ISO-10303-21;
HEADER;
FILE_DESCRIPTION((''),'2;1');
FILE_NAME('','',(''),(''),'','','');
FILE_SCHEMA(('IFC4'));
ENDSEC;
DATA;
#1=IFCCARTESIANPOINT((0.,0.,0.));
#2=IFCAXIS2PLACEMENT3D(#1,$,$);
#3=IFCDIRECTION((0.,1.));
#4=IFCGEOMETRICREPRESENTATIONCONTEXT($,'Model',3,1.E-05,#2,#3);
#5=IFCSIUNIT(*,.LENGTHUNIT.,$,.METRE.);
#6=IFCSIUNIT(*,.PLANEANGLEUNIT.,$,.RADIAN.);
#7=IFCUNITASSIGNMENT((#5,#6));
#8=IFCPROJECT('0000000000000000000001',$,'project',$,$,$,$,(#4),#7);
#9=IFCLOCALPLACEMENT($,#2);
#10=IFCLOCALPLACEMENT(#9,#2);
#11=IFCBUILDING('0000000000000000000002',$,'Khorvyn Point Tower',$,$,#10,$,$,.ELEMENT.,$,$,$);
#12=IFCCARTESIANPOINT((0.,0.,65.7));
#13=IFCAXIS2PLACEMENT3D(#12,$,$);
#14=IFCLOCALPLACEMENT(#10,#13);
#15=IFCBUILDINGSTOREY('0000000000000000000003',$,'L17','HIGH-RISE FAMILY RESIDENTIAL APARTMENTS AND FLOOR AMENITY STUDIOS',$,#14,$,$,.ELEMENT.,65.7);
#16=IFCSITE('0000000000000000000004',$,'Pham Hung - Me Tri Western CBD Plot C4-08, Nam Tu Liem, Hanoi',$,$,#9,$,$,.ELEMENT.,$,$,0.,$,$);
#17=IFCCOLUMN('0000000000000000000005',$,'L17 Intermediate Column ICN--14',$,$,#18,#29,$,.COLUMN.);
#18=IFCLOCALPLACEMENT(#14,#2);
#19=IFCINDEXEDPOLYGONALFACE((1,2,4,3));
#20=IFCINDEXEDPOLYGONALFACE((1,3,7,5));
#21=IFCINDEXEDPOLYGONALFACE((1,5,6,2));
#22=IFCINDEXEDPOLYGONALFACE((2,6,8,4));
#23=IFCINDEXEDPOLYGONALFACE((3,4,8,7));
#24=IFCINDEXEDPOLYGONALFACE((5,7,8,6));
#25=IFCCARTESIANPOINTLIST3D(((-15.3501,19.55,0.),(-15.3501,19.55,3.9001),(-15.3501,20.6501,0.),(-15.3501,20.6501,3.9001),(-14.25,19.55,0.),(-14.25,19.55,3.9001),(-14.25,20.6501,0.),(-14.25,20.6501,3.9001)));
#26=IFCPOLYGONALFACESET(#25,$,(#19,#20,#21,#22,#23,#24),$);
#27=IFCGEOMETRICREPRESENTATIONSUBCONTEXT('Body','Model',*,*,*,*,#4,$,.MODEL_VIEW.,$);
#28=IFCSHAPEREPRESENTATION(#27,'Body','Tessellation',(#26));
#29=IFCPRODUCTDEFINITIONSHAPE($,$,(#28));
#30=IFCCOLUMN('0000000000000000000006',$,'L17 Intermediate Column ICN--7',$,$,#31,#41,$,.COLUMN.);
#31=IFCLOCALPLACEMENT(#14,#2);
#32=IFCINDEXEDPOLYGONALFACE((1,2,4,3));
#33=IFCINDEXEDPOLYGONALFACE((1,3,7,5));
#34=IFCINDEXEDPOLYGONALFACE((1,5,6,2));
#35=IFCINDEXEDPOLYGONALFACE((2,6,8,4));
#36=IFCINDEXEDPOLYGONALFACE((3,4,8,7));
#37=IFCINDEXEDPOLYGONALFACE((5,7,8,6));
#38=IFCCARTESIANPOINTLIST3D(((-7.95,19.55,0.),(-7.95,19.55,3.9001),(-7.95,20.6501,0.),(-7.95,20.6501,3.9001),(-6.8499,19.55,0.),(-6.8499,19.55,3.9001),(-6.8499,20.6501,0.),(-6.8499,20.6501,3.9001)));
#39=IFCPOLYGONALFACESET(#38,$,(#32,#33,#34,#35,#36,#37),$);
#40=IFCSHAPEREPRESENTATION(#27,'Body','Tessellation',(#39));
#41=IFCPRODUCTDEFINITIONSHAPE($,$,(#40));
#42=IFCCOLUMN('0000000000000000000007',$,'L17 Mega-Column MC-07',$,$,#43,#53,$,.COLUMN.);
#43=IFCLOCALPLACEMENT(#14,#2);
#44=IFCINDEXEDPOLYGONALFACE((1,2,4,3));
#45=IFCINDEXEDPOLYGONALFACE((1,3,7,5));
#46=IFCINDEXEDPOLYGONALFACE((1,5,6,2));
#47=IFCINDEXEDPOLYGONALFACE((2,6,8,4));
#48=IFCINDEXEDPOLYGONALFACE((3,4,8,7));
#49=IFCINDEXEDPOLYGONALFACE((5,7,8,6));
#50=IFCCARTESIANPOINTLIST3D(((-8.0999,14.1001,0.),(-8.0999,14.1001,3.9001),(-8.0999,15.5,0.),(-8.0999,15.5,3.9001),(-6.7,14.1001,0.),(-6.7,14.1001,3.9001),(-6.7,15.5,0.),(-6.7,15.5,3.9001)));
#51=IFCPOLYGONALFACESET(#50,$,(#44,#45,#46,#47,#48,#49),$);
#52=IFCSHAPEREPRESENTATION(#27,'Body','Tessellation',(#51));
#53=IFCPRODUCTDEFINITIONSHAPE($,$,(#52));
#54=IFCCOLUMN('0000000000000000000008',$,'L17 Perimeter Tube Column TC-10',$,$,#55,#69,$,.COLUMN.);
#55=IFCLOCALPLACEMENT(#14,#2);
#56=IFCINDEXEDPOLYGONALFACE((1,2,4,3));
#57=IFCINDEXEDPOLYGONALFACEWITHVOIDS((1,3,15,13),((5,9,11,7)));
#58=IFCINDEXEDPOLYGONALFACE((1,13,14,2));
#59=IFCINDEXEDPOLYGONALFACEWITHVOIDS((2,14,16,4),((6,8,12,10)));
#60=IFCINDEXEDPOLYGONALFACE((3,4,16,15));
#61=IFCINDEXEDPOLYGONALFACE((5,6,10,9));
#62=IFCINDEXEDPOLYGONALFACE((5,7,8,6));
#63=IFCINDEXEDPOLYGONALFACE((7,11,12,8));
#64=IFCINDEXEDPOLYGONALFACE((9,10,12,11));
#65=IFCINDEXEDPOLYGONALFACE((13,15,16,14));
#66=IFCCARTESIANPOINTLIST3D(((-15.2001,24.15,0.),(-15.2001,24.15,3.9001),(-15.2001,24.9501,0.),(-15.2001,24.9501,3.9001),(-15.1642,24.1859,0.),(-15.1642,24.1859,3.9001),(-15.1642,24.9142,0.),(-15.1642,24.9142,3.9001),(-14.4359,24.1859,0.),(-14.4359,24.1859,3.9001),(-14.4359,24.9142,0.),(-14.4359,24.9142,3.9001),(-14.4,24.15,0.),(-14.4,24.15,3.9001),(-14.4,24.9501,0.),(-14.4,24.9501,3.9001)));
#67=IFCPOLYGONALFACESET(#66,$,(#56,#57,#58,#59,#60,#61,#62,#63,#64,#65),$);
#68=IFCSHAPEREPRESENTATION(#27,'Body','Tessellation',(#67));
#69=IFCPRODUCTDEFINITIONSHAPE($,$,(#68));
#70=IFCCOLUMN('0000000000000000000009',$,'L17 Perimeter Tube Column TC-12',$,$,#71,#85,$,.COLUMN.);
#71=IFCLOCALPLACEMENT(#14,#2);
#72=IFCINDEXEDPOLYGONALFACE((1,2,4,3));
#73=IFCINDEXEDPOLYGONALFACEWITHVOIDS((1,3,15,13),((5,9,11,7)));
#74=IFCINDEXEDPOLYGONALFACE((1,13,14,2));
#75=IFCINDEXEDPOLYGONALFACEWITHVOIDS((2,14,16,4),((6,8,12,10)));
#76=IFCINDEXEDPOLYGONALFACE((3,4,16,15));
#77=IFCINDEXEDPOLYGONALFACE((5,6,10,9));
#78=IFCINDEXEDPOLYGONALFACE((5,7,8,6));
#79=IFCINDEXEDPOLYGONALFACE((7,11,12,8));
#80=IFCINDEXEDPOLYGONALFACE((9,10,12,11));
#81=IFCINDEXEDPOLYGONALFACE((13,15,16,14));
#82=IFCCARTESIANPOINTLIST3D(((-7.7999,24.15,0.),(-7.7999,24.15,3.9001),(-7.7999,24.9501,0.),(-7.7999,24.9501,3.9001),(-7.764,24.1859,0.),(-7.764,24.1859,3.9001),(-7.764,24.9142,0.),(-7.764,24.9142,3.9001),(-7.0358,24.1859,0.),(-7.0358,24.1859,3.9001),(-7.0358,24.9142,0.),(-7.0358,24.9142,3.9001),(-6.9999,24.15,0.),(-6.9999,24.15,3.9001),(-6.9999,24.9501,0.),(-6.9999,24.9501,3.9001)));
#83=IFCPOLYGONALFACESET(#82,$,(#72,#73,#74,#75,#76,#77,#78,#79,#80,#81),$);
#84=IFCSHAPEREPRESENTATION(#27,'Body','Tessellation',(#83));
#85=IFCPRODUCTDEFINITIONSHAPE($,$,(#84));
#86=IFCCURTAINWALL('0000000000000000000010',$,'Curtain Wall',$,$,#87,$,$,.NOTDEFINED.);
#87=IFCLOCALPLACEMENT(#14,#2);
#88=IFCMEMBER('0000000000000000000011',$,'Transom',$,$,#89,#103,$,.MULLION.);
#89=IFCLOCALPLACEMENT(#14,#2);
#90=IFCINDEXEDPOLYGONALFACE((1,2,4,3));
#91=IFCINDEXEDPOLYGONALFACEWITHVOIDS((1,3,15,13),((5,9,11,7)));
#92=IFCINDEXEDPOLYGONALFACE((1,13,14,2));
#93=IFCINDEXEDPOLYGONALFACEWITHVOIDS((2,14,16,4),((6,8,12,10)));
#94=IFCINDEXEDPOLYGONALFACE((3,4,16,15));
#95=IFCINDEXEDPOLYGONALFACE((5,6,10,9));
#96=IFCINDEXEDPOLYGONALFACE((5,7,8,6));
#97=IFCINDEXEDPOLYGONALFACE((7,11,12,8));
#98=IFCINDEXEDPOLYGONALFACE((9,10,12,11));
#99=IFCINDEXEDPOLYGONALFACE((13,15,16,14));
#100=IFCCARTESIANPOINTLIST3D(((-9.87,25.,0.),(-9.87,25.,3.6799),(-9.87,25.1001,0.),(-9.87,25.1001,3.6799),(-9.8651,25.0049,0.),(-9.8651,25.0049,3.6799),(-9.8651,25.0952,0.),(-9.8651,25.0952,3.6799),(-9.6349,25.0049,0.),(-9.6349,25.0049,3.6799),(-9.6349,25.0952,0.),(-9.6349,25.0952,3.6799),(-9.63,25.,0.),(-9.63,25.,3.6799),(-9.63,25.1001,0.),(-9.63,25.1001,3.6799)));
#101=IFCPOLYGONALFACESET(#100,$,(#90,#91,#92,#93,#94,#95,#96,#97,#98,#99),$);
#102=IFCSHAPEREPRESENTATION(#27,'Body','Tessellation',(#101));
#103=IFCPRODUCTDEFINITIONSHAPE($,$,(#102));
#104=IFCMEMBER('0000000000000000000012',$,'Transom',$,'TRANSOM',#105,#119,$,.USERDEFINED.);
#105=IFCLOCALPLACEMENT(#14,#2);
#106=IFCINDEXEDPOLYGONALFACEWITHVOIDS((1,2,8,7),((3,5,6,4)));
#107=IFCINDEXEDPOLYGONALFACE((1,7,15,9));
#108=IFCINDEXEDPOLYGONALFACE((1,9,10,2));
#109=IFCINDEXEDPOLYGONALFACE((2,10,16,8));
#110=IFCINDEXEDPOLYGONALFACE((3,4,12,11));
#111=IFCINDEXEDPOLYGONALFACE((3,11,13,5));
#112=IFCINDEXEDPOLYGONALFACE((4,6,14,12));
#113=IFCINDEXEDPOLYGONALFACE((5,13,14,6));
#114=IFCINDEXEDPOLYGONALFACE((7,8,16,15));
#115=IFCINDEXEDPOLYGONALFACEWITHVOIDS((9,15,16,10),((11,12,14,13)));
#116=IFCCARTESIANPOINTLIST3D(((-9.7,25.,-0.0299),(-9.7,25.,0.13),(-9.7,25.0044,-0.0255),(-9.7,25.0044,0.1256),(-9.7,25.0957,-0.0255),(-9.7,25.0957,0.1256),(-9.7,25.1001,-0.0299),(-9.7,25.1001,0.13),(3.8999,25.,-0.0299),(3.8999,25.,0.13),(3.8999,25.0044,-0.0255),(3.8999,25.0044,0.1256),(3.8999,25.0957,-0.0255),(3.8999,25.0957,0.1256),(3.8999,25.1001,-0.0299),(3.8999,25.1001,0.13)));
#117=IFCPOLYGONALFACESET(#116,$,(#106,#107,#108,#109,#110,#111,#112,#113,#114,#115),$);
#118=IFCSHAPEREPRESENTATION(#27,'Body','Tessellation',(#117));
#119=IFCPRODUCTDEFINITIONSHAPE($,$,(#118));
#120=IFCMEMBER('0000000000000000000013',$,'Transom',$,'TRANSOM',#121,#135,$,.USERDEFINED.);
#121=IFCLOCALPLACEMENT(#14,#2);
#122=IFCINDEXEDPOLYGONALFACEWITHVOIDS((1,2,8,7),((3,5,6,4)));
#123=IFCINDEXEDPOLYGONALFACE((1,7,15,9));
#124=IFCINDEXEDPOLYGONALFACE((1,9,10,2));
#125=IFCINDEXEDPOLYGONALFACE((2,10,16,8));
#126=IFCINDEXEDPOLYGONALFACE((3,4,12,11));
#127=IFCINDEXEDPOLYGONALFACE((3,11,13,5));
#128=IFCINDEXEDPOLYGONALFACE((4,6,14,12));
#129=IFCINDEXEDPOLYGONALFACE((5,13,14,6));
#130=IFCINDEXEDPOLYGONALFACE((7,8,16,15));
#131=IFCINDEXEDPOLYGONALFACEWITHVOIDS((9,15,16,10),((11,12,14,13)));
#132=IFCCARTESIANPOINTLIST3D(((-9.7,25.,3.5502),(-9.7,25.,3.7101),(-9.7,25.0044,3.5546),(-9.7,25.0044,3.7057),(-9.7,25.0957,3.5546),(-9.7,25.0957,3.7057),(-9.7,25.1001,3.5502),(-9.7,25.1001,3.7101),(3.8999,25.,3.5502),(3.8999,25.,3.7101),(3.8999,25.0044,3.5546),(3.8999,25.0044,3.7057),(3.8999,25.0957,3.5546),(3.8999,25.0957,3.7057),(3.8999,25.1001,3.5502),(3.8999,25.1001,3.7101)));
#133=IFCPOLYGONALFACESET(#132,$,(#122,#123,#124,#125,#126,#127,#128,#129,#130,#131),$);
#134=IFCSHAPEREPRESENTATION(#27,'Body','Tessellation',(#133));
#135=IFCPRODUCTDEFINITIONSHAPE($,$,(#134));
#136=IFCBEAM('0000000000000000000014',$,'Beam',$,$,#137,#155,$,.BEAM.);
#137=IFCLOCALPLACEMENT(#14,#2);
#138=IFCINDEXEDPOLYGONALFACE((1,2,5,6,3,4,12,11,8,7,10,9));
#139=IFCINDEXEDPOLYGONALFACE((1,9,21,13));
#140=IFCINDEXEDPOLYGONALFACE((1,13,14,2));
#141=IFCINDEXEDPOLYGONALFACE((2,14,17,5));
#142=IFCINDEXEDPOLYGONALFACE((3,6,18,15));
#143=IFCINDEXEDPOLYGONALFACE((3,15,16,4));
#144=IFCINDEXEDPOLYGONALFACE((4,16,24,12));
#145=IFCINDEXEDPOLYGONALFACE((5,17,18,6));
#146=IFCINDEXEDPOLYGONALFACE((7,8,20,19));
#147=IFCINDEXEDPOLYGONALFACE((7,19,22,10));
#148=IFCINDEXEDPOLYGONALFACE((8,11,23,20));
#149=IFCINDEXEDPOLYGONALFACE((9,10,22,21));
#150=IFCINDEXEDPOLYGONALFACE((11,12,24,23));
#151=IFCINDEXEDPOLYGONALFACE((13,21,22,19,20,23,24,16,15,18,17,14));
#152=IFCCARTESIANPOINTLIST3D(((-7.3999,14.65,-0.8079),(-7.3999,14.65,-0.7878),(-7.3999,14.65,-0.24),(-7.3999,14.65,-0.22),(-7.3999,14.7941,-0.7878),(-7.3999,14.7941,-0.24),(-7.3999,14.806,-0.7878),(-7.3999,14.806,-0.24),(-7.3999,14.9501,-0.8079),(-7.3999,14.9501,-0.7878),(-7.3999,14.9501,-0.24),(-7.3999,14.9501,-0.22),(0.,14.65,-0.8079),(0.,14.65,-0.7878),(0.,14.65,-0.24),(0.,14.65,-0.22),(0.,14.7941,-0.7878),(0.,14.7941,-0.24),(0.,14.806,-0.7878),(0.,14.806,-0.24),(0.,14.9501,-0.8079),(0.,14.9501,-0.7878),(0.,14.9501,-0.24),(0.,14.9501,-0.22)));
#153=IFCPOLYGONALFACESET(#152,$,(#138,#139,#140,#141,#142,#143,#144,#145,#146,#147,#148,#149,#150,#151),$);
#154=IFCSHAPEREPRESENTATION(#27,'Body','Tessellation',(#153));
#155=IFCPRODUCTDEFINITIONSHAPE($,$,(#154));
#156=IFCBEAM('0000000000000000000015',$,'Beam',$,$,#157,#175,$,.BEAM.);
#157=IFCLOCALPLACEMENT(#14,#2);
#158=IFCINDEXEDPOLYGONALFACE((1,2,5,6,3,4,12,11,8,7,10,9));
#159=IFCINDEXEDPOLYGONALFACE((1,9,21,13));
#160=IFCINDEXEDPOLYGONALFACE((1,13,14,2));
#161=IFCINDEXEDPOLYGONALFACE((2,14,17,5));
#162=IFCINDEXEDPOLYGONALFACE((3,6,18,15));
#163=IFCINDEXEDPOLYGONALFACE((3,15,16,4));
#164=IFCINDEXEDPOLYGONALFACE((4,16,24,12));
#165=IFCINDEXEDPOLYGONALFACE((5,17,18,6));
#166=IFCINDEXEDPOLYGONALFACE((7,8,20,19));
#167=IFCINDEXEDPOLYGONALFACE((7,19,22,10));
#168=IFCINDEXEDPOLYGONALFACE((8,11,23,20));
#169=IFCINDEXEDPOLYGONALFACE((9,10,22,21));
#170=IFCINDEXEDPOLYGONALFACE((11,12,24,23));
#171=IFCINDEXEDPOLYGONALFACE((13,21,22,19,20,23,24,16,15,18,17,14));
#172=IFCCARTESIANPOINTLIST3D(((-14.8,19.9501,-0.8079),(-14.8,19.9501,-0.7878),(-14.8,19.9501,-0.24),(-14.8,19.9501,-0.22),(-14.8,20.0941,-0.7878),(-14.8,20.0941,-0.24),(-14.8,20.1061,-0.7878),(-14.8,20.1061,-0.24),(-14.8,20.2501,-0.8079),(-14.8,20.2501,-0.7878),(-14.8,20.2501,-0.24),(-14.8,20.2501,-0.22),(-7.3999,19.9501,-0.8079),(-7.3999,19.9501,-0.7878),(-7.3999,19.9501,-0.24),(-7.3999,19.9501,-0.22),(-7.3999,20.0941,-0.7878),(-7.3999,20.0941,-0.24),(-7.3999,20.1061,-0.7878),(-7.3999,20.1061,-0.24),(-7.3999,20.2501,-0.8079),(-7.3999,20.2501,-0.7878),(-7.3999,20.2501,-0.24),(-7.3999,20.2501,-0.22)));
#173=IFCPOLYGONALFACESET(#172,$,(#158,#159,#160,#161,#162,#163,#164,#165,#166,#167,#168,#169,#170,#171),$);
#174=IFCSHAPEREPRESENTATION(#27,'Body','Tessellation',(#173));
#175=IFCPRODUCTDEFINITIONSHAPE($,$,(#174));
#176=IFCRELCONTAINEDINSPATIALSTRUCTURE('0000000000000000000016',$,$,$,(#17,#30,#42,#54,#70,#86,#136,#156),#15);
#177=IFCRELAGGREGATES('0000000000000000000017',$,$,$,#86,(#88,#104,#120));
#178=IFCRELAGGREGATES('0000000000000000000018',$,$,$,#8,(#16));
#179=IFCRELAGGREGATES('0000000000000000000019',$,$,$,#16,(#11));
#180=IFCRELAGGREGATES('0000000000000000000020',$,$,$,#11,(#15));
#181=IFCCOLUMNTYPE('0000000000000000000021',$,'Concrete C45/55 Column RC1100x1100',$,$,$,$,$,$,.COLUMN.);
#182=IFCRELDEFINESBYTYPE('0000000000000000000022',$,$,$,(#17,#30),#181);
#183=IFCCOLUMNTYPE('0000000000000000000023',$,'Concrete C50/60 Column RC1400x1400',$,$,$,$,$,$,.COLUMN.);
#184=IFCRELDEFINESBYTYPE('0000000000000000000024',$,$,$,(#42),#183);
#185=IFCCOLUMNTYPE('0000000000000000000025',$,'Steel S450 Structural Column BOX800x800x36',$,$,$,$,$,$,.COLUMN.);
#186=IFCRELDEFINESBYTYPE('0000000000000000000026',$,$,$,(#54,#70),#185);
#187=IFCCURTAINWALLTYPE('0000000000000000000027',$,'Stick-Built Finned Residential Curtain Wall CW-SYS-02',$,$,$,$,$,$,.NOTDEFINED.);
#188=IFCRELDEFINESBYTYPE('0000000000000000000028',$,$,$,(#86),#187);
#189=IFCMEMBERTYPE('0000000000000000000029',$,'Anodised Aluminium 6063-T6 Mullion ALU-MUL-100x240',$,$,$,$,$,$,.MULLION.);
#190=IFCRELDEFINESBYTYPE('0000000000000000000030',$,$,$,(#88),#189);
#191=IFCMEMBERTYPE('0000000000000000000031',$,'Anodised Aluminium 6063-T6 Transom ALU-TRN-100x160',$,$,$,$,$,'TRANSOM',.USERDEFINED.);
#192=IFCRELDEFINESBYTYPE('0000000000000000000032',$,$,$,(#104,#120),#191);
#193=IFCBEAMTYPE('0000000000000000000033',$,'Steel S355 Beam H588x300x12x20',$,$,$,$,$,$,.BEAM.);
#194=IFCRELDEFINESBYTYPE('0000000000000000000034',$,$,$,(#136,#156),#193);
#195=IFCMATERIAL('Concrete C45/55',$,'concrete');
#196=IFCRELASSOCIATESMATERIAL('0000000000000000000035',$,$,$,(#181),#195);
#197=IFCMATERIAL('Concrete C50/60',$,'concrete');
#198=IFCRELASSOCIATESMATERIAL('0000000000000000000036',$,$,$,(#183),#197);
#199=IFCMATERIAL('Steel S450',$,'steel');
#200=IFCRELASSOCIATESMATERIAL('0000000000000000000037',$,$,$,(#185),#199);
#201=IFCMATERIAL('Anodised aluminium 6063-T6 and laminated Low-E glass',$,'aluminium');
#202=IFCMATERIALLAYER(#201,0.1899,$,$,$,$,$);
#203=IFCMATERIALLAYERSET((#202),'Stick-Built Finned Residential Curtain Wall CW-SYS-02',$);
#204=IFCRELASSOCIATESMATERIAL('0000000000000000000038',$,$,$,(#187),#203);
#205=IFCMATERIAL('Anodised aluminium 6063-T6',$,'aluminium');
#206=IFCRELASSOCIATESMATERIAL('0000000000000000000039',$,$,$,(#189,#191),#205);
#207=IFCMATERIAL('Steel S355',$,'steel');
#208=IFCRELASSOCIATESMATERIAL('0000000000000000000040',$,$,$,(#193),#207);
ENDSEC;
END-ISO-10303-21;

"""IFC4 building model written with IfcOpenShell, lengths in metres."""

from ifc_helpers import new_model, si_unit, direction, frame, origin, origin_2d, place, context, subcontext, project, spatial, rectangle, hollow_rectangle, i_section, extrude, material, layer, layer_set, material_profile, profile_set, type_object, element, aggregate, save


model = new_model("IFC4")

# Units and contexts
model_context = context("Model", 3, precision=1e-05, world=origin(), true_north=direction((0.0, 1.0)))
body_context = subcontext(model_context, "Body", "Model", "MODEL_VIEW")
ifc_project = project(units=[si_unit("LENGTHUNIT", "METRE"), si_unit("PLANEANGLEUNIT", "RADIAN")], contexts=[model_context])

# Site, building, storey
site_placement = place(None, origin())
site = spatial("IfcSite", under=ifc_project, at=site_placement, Name="Pham Hung - Me Tri Western CBD Plot C4-08, Nam Tu Liem, Hanoi", CompositionType="ELEMENT", RefElevation=0.0)
building_placement = place(site_placement, origin())
building = spatial("IfcBuilding", under=site, at=building_placement, Name="Khorvyn Point Tower", CompositionType="ELEMENT")
storey_placement = place(building_placement, frame((0.0, 0.0, 65.7)))
storey = spatial("IfcBuildingStorey", under=building, at=storey_placement, Name="L17", Description="HIGH-RISE FAMILY RESIDENTIAL APARTMENTS AND FLOOR AMENITY STUDIOS", CompositionType="ELEMENT", Elevation=65.7)

# Columns
ifc_material_1 = material(Name="Concrete C45/55", Category="concrete")
ifc_material_profile_1 = material_profile(ifc_material_1, rectangle(XDim=1.1001, YDim=1.1001, at=origin_2d()))
ifc_profile_set_1 = profile_set([ifc_material_profile_1], Name="Concrete C45/55 RC1100x1100")
column_type_1 = type_object("IfcColumnType", Name="Concrete C45/55 Column RC1100x1100", PredefinedType="COLUMN", material=ifc_profile_set_1)
for number, where, z_axis, x_axis, name in (
    (1, (-14.8, 20.1001, 0.0), (0.0, 0.0, 1.0), (1.0, 0.0, 0.0), "L17 Intermediate Column ICN--14"),
    (2, (-7.3999, 20.1001, 0.0), (0.0, 0.0, 1.0), (1.0, 0.0, 0.0), "L17 Intermediate Column ICN--7"),
):
    element("IfcColumn", number, at=place(storey_placement, frame(where, z_axis=z_axis, x_axis=x_axis)), inside=storey, type_object=column_type_1, Name=name, PredefinedType="COLUMN", context=body_context, shape_type="SweptSolid", body=[
        extrude(rectangle(XDim=1.1001, YDim=1.1001, at=origin_2d()), origin(), (0.0, 0.0, 1.0), 3.9001),
    ])
ifc_material_2 = material(Name="Concrete C50/60", Category="concrete")
ifc_material_profile_2 = material_profile(ifc_material_2, rectangle(XDim=1.3999, YDim=1.3999, at=origin_2d()))
ifc_profile_set_2 = profile_set([ifc_material_profile_2], Name="Concrete C50/60 RC1400x1400")
column_type_2 = type_object("IfcColumnType", Name="Concrete C50/60 Column RC1400x1400", PredefinedType="COLUMN", material=ifc_profile_set_2)
column_placement = place(storey_placement, frame((-7.3999, 14.8, 0.0), z_axis=(0.0, 0.0, 1.0), x_axis=(1.0, 0.0, 0.0)))
element("IfcColumn", 3, at=column_placement, inside=storey, type_object=column_type_2, Name="L17 Mega-Column MC-07", PredefinedType="COLUMN", context=body_context, shape_type="SweptSolid", body=[
    extrude(rectangle(XDim=1.3999, YDim=1.3999, at=origin_2d()), origin(), (0.0, 0.0, 1.0), 3.9001),
])
ifc_material_3 = material(Name="Steel S450", Category="steel")
ifc_material_profile_3 = material_profile(ifc_material_3, hollow_rectangle(XDim=0.8, YDim=0.8, WallThickness=0.0359, at=origin_2d()))
ifc_profile_set_3 = profile_set([ifc_material_profile_3], Name="Steel S450 BOX800x800x36")
column_type_3 = type_object("IfcColumnType", Name="Steel S450 Structural Column BOX800x800x36", PredefinedType="COLUMN", material=ifc_profile_set_3)
for number, where, z_axis, x_axis, name in (
    (4, (-14.8, 24.55, 0.0), (0.0, 0.0, 1.0), (1.0, 0.0, 0.0), "L17 Perimeter Tube Column TC-10"),
    (5, (-7.3999, 24.55, 0.0), (0.0, 0.0, 1.0), (1.0, 0.0, 0.0), "L17 Perimeter Tube Column TC-12"),
):
    element("IfcColumn", number, at=place(storey_placement, frame(where, z_axis=z_axis, x_axis=x_axis)), inside=storey, type_object=column_type_3, Name=name, PredefinedType="COLUMN", context=body_context, shape_type="SweptSolid", body=[
        extrude(hollow_rectangle(XDim=0.8, YDim=0.8, WallThickness=0.0359, at=origin_2d()), origin(), (0.0, 0.0, 1.0), 3.9001),
    ])

# Curtain wall, members
ifc_material_4 = material(Name="Anodised aluminium 6063-T6 and laminated Low-E glass", Category="aluminium")
ifc_layer_1 = layer(ifc_material_4, 0.1899)
ifc_layer_set_1 = layer_set([ifc_layer_1], Name="Stick-Built Finned Residential Curtain Wall CW-SYS-02")
curtain_wall_type = type_object("IfcCurtainWallType", Name="Stick-Built Finned Residential Curtain Wall CW-SYS-02", PredefinedType="NOTDEFINED", material=ifc_layer_set_1)
curtain_wall_placement = place(storey_placement, origin())
curtain_wall = element("IfcCurtainWall", 6, at=curtain_wall_placement, inside=storey, type_object=curtain_wall_type, Name="Curtain Wall", PredefinedType="NOTDEFINED")
ifc_material_5 = material(Name="Anodised aluminium 6063-T6", Category="aluminium")
ifc_material_profile_4 = material_profile(ifc_material_5, hollow_rectangle(XDim=0.1001, YDim=0.24, WallThickness=0.0049, at=origin_2d()))
ifc_profile_set_4 = profile_set([ifc_material_profile_4], Name="Anodised aluminium 6063-T6 ALU-MUL-100x240")
member_type_1 = type_object("IfcMemberType", Name="Anodised Aluminium 6063-T6 Mullion ALU-MUL-100x240", PredefinedType="MULLION", material=ifc_profile_set_4)
member_1_placement = place(storey_placement, frame((-9.75, 25.05, 0.0), z_axis=(0.0, 0.0, 1.0), x_axis=(0.0, 1.0, 0.0)))
member_1 = element("IfcMember", 7, at=member_1_placement, type_object=member_type_1, Name="Transom", PredefinedType="MULLION", context=body_context, shape_type="SweptSolid", body=[
    extrude(hollow_rectangle(XDim=0.1001, YDim=0.24, WallThickness=0.0049, at=origin_2d()), origin(), (0.0, 0.0, 1.0), 3.6799),
])
ifc_material_profile_5 = material_profile(ifc_material_5, hollow_rectangle(XDim=0.1001, YDim=0.1599, WallThickness=0.0044, at=origin_2d()))
ifc_profile_set_5 = profile_set([ifc_material_profile_5], Name="Anodised aluminium 6063-T6 ALU-TRN-100x160")
member_type_2 = type_object("IfcMemberType", Name="Anodised Aluminium 6063-T6 Transom ALU-TRN-100x160", ElementType="TRANSOM", PredefinedType="USERDEFINED", material=ifc_profile_set_5)
member_2_placement = place(storey_placement, frame((-9.7, 25.05, 0.05), z_axis=(1.0, 0.0, 0.0), x_axis=(0.0, 1.0, 0.0)))
member_2 = element("IfcMember", 8, at=member_2_placement, type_object=member_type_2, Name="Transom", ObjectType="TRANSOM", PredefinedType="USERDEFINED", context=body_context, shape_type="SweptSolid", body=[
    extrude(hollow_rectangle(XDim=0.1001, YDim=0.1599, WallThickness=0.0044, at=origin_2d()), origin(), (0.0, 0.0, 1.0), 13.5999),
])
member_3_placement = place(storey_placement, frame((-9.7, 25.05, 3.6301), z_axis=(1.0, 0.0, 0.0), x_axis=(0.0, 1.0, 0.0)))
member_3 = element("IfcMember", 9, at=member_3_placement, type_object=member_type_2, Name="Transom", ObjectType="TRANSOM", PredefinedType="USERDEFINED", context=body_context, shape_type="SweptSolid", body=[
    extrude(hollow_rectangle(XDim=0.1001, YDim=0.1599, WallThickness=0.0044, at=origin_2d()), origin(), (0.0, 0.0, 1.0), 13.5999),
])

# Beams
ifc_material_6 = material(Name="Steel S355", Category="steel")
ifc_material_profile_6 = material_profile(ifc_material_6, i_section(OverallWidth=0.3, OverallDepth=0.5879, WebThickness=0.012, FlangeThickness=0.02, at=origin_2d()))
ifc_profile_set_6 = profile_set([ifc_material_profile_6], Name="Steel S355 H588x300x12x20")
beam_type_1 = type_object("IfcBeamType", Name="Steel S355 Beam H588x300x12x20", PredefinedType="BEAM", material=ifc_profile_set_6)
beam_1_placement = place(storey_placement, frame((-7.3999, 14.8, -0.5139), z_axis=(1.0, 0.0, 0.0), x_axis=(0.0, 1.0, 0.0)))
element("IfcBeam", 10, at=beam_1_placement, inside=storey, type_object=beam_type_1, Name="Beam", PredefinedType="BEAM", context=body_context, shape_type="SweptSolid", body=[
    extrude(i_section(OverallWidth=0.3, OverallDepth=0.5879, WebThickness=0.012, FlangeThickness=0.02, at=origin_2d()), origin(), (0.0, 0.0, 1.0), 7.3999),
])
beam_2_placement = place(storey_placement, frame((-14.8, 20.1001, -0.5139), z_axis=(1.0, 0.0, 0.0), x_axis=(0.0, 1.0, 0.0)))
element("IfcBeam", 11, at=beam_2_placement, inside=storey, type_object=beam_type_1, Name="Beam", PredefinedType="BEAM", context=body_context, shape_type="SweptSolid", body=[
    extrude(i_section(OverallWidth=0.3, OverallDepth=0.5879, WebThickness=0.012, FlangeThickness=0.02, at=origin_2d()), origin(), (0.0, 0.0, 1.0), 7.4001),
])

aggregate(curtain_wall, [member_1, member_2, member_3])

save(model, "model.ifc")
